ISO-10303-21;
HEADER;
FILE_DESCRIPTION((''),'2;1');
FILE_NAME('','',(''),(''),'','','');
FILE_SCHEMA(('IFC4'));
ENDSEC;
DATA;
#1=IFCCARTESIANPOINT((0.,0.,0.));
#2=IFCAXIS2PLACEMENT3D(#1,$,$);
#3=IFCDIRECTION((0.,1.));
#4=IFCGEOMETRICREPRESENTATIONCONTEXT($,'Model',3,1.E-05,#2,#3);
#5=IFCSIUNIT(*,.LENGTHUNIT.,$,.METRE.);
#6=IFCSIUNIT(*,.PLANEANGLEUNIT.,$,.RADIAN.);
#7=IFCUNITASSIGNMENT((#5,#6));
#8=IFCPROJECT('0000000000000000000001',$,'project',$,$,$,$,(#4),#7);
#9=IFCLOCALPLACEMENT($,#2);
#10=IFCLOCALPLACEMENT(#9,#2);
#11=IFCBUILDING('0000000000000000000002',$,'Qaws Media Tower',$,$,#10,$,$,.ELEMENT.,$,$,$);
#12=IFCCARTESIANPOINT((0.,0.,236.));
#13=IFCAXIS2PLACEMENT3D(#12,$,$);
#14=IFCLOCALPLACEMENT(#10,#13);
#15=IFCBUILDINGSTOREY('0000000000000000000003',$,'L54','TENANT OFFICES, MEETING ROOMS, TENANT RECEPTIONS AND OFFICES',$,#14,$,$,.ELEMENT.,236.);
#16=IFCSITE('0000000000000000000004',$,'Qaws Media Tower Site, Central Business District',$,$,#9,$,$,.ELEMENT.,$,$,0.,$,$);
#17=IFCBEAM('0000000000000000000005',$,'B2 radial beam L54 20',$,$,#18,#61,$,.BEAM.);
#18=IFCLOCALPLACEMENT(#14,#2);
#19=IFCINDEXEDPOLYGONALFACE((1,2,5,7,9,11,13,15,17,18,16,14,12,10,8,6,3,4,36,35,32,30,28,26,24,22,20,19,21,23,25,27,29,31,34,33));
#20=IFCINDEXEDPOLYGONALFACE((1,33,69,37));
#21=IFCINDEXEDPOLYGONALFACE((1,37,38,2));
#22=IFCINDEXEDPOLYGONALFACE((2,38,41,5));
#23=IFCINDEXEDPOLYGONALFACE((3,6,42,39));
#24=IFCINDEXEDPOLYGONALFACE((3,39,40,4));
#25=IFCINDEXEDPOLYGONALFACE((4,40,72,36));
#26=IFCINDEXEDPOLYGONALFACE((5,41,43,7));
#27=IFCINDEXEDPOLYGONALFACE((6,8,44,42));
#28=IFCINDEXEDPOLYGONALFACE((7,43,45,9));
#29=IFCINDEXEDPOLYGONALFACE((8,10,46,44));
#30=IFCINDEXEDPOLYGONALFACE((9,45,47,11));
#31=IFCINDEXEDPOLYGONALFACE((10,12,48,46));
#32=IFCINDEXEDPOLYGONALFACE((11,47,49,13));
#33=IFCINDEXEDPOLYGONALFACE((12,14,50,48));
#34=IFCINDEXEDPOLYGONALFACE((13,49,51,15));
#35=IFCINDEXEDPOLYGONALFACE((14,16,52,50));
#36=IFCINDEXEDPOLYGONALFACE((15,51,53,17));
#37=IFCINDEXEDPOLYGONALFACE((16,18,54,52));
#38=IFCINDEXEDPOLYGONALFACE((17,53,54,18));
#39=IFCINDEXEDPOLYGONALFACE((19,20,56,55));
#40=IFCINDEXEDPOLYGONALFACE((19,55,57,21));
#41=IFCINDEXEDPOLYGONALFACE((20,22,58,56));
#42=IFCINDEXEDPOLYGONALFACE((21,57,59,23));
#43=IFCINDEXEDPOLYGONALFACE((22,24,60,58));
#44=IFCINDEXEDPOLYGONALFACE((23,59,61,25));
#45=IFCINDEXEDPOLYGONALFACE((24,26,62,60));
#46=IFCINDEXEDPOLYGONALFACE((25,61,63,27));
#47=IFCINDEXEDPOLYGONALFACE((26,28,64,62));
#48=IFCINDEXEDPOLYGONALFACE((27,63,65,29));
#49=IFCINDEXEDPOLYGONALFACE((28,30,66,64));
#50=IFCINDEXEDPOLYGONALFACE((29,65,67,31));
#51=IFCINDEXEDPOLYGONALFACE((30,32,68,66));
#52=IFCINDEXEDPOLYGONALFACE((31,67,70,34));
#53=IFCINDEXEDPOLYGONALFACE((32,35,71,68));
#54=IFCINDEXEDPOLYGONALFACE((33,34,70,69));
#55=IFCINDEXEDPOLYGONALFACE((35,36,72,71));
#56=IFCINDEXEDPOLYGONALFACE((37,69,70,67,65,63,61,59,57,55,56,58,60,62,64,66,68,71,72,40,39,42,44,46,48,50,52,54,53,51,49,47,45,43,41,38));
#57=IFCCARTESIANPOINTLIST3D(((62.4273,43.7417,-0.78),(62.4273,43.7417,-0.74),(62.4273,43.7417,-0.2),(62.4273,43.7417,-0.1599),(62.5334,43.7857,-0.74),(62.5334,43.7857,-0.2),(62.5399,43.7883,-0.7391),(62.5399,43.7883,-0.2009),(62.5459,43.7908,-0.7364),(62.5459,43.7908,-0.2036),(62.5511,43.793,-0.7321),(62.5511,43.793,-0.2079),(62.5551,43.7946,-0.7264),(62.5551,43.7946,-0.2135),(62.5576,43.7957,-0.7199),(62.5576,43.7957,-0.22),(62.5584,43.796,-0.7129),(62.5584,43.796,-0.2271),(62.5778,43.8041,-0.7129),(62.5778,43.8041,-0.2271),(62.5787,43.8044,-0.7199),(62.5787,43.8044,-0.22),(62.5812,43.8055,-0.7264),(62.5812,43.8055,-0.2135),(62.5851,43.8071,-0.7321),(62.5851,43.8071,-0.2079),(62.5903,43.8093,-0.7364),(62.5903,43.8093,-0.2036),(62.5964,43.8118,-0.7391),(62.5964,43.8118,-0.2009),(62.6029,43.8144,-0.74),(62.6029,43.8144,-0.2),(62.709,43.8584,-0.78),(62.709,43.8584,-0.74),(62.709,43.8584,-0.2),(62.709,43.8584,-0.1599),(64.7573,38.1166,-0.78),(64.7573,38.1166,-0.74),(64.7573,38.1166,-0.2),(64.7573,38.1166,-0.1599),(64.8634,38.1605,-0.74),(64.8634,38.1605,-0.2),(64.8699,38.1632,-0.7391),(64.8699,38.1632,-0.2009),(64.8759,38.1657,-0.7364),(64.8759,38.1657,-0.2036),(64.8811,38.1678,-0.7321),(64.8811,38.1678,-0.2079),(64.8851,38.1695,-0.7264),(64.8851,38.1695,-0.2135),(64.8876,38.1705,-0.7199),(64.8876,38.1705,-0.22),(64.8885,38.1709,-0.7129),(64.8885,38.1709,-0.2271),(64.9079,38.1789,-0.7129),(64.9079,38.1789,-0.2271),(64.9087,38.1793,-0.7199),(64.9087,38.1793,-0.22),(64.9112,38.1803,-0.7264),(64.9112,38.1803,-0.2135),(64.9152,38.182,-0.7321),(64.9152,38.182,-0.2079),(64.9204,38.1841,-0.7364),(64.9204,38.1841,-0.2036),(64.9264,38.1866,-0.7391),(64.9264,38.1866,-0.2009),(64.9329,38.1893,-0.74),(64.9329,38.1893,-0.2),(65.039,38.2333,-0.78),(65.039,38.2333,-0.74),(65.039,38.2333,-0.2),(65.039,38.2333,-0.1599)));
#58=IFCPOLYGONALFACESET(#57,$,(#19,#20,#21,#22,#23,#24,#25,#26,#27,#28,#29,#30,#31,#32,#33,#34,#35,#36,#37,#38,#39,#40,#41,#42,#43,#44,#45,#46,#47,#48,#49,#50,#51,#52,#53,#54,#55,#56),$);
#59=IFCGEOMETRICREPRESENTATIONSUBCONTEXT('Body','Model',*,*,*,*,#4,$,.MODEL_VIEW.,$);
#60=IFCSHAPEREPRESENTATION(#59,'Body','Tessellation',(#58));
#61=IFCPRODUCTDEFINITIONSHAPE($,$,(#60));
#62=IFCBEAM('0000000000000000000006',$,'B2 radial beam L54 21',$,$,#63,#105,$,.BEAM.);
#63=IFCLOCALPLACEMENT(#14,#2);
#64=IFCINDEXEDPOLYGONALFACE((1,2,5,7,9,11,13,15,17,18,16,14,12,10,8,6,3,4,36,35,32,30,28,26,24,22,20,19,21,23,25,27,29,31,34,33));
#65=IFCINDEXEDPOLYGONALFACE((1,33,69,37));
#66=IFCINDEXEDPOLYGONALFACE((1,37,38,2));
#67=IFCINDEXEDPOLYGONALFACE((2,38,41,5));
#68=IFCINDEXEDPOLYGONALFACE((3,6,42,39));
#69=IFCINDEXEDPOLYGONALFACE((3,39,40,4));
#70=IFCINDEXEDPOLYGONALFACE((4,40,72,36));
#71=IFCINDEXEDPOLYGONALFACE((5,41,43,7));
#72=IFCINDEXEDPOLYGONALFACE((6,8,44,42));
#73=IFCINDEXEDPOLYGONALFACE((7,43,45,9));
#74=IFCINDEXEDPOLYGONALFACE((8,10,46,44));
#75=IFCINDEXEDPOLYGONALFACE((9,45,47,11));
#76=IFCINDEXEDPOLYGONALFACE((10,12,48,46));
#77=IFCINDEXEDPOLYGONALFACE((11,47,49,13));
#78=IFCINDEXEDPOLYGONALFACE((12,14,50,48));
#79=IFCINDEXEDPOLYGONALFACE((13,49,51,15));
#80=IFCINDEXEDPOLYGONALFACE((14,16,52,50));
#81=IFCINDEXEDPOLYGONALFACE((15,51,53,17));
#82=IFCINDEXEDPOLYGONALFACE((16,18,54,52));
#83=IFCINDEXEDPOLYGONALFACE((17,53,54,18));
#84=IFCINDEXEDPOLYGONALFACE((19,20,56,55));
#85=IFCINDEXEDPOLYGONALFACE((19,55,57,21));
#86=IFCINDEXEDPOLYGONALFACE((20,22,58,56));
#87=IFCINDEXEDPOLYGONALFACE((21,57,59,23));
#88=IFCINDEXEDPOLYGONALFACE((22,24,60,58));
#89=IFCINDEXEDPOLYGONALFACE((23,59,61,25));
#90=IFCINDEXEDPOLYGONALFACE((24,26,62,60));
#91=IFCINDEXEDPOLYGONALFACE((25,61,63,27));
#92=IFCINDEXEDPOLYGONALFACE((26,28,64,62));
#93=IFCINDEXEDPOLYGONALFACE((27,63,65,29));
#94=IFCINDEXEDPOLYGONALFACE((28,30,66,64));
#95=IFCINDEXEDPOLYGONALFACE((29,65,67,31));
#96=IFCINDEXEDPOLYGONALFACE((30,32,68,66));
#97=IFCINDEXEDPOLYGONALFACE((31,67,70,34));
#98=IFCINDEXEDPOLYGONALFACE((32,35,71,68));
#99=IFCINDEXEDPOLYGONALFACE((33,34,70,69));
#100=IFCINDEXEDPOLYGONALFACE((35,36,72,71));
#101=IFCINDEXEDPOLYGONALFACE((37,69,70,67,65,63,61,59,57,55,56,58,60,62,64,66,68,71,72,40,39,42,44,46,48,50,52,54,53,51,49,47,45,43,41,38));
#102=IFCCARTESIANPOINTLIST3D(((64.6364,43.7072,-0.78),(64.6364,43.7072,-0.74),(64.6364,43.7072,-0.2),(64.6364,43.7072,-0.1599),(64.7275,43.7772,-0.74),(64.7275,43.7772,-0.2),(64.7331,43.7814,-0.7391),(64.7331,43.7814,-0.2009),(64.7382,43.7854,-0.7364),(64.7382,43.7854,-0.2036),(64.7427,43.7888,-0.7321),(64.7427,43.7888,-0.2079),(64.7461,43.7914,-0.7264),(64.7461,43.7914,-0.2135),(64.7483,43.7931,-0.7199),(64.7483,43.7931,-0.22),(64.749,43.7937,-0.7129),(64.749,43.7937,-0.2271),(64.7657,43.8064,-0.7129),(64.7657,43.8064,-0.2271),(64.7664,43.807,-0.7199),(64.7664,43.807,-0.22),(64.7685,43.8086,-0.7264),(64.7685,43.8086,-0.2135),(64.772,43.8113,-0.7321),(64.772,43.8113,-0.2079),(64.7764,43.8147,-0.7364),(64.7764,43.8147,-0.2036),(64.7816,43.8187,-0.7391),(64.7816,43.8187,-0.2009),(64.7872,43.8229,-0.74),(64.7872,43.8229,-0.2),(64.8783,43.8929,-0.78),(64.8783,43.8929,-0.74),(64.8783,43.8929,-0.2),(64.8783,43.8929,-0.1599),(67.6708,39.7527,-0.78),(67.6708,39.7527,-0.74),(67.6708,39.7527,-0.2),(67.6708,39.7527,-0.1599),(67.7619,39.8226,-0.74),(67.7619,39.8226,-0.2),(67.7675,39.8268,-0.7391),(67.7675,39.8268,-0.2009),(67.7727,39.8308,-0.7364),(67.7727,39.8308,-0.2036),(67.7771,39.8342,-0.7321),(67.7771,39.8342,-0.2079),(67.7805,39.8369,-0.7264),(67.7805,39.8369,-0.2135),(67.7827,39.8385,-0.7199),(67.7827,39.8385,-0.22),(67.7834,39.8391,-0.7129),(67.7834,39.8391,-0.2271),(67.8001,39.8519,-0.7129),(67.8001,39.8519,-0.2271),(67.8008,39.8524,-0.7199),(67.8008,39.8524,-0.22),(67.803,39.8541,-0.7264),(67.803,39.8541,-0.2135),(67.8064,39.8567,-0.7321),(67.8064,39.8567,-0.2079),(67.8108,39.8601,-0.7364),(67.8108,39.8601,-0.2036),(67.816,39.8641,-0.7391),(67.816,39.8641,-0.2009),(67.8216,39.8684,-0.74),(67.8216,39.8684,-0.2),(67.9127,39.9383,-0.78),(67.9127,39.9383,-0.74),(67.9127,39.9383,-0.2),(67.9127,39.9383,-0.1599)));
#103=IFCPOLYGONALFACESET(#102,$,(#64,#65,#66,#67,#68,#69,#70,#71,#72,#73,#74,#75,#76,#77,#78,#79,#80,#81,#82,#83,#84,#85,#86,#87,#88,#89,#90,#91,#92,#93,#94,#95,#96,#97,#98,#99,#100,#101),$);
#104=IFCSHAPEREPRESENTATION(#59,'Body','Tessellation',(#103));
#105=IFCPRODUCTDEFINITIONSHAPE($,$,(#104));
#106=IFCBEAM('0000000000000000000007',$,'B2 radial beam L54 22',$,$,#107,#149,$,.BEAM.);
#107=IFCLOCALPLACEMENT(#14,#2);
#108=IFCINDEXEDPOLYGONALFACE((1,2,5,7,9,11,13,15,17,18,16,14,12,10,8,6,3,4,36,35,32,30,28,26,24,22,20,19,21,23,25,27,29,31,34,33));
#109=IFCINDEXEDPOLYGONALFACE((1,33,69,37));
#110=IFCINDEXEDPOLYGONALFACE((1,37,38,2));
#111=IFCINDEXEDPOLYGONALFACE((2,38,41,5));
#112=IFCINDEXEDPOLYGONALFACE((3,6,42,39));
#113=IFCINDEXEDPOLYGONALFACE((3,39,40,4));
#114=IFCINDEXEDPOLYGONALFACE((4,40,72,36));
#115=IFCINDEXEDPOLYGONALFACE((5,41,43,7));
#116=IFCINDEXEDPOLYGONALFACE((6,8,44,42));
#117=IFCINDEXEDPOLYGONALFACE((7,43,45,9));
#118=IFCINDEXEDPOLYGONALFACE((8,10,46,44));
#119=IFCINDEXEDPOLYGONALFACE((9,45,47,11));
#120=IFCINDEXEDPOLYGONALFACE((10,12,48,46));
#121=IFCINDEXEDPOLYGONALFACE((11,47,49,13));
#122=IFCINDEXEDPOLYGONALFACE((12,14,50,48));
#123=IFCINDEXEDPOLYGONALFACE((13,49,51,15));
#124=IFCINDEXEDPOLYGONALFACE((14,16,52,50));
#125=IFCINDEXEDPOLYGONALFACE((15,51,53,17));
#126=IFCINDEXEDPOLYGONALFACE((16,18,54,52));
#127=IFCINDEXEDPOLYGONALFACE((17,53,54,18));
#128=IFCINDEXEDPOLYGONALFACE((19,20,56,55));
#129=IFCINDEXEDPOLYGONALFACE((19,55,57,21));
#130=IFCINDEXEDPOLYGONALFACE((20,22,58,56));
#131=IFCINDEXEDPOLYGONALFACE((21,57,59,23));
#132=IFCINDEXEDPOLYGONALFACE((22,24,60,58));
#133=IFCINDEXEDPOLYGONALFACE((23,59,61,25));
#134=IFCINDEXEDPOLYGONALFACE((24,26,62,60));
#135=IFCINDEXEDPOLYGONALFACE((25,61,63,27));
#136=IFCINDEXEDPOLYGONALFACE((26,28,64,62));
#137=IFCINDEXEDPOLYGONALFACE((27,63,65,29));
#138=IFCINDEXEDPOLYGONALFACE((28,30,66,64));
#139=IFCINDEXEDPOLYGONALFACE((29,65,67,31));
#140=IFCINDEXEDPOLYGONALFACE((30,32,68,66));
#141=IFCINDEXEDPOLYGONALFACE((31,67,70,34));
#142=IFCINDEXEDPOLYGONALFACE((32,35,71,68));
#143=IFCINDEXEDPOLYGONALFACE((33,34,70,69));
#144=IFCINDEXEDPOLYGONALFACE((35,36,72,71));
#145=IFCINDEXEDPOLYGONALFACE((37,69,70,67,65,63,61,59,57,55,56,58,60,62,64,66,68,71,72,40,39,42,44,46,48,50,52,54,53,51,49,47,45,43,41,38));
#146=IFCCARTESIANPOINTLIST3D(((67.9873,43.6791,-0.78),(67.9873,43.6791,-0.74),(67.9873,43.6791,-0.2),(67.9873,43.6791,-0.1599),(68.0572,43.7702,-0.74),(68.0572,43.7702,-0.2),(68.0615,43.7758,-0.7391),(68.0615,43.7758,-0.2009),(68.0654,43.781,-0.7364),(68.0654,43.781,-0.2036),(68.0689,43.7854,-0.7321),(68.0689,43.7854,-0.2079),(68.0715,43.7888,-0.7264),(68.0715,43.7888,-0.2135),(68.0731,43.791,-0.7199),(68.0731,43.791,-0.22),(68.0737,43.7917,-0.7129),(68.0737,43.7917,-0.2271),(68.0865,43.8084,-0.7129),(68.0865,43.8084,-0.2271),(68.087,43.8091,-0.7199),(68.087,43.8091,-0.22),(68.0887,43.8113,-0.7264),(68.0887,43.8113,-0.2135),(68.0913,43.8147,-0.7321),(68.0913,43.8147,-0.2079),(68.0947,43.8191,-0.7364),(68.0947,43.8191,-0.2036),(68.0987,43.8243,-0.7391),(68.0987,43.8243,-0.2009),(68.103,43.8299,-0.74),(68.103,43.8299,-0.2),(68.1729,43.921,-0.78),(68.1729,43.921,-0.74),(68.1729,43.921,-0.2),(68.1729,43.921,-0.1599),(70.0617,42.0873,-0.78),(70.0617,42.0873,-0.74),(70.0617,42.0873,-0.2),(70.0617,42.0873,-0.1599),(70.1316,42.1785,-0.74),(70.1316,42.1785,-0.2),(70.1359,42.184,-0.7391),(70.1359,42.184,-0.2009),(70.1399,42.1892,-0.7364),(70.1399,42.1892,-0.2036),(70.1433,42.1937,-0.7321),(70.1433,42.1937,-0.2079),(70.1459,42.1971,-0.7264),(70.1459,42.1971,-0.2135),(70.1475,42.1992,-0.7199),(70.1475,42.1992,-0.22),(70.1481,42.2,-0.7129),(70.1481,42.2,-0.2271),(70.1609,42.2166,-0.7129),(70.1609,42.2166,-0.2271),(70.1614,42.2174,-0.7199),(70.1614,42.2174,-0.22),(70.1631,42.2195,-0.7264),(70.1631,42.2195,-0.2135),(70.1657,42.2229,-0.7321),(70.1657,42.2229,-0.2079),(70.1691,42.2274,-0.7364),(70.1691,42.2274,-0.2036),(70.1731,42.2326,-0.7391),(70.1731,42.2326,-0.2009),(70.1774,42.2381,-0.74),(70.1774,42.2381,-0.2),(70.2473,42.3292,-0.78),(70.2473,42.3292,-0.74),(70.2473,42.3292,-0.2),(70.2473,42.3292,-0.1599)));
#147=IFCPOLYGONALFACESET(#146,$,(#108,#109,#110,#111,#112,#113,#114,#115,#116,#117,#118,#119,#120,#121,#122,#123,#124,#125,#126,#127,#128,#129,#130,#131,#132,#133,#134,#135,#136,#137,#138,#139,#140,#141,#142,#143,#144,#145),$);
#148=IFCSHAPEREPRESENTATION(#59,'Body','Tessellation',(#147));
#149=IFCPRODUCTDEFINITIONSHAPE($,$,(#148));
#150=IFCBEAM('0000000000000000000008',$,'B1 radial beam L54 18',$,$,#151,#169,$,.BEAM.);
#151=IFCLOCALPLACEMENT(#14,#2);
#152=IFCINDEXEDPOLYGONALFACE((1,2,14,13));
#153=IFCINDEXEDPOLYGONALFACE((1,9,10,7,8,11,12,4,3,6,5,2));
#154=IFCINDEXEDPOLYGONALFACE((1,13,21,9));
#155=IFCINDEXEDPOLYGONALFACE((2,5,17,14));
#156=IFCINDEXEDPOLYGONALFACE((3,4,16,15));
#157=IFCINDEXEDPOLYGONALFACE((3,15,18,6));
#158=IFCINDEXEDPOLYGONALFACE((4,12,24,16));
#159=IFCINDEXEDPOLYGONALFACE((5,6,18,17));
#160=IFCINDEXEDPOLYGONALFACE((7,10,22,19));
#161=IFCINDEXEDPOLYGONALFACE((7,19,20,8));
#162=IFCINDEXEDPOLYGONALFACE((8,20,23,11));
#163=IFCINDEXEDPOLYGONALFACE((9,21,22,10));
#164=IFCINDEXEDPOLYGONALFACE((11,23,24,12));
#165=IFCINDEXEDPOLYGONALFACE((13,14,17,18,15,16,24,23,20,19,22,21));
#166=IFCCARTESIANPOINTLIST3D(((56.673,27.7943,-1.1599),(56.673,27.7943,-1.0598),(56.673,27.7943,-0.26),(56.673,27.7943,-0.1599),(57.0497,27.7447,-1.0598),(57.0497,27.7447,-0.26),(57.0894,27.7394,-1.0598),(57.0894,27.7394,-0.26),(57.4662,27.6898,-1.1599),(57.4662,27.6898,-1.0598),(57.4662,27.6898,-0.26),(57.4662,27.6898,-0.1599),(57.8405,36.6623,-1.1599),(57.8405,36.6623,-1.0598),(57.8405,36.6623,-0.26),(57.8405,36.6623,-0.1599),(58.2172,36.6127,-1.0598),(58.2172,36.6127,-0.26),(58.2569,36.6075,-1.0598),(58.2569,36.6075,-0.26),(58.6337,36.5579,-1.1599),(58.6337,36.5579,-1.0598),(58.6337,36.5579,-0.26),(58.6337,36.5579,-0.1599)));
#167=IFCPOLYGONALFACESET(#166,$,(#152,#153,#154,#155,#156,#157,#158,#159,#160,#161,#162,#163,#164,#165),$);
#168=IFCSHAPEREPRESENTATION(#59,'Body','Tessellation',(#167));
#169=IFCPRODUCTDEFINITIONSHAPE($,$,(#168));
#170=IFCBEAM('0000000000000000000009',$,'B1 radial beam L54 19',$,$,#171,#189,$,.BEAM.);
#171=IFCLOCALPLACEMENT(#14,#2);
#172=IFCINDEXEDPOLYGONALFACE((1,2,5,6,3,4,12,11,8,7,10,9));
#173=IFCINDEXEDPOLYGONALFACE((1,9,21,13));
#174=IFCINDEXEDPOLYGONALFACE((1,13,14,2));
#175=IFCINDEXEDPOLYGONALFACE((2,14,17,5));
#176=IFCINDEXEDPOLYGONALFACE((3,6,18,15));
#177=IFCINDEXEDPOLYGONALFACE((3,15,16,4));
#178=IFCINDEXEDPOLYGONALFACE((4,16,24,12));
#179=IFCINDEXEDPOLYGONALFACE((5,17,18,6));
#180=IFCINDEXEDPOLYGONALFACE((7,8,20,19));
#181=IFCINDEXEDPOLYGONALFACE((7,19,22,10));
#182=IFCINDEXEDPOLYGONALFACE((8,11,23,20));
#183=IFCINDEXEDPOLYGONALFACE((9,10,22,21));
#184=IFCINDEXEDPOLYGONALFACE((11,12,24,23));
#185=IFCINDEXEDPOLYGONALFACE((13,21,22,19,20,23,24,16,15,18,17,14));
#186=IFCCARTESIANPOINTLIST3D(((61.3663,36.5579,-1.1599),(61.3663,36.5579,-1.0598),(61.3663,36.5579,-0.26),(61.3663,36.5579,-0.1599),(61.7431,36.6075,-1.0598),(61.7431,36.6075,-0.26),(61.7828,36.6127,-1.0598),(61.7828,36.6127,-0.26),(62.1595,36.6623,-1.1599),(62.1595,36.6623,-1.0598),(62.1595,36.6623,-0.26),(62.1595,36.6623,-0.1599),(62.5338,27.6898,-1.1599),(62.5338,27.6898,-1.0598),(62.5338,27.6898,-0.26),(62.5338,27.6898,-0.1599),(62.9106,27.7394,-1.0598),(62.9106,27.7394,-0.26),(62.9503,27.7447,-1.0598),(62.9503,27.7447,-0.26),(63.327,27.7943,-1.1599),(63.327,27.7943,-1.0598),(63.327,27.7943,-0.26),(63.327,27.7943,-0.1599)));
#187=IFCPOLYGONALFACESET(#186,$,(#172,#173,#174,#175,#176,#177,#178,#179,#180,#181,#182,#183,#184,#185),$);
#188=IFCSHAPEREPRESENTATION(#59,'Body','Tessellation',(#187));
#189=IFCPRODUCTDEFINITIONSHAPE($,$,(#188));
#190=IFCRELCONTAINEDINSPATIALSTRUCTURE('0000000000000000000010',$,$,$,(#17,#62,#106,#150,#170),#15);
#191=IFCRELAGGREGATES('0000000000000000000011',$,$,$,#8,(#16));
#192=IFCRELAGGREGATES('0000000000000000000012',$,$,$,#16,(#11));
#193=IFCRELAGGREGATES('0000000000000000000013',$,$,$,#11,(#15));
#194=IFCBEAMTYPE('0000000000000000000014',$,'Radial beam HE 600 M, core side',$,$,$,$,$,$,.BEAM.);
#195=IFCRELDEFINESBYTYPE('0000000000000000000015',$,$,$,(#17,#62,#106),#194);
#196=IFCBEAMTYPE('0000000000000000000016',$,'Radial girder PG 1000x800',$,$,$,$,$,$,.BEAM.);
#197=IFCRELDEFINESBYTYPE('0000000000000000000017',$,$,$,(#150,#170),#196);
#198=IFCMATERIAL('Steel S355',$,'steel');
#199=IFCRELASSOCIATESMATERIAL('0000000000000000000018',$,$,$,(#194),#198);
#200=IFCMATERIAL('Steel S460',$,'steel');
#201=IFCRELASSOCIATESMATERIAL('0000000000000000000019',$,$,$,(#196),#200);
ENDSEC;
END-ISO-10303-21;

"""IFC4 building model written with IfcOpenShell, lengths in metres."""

from ifc_helpers import new_model, si_unit, direction, frame, origin, origin_2d, place, context, subcontext, project, spatial, i_section, extrude, material, material_profile, profile_set, type_object, element, save


model = new_model("IFC4")

# Units and contexts
model_context = context("Model", 3, precision=1e-05, world=origin(), true_north=direction((0.0, 1.0)))
body_context = subcontext(model_context, "Body", "Model", "MODEL_VIEW")
ifc_project = project(units=[si_unit("LENGTHUNIT", "METRE"), si_unit("PLANEANGLEUNIT", "RADIAN")], contexts=[model_context])

# Site, building, storey
site_placement = place(None, origin())
site = spatial("IfcSite", under=ifc_project, at=site_placement, Name="Qaws Media Tower Site, Central Business District", CompositionType="ELEMENT", RefElevation=0.0)
building_placement = place(site_placement, origin())
building = spatial("IfcBuilding", under=site, at=building_placement, Name="Qaws Media Tower", CompositionType="ELEMENT")
storey_placement = place(building_placement, frame((0.0, 0.0, 236.0)))
storey = spatial("IfcBuildingStorey", under=building, at=storey_placement, Name="L54", Description="TENANT OFFICES, MEETING ROOMS, TENANT RECEPTIONS AND OFFICES", CompositionType="ELEMENT", Elevation=236.0)

# Beams
ifc_material_1 = material(Name="Steel S355", Category="steel")
ifc_material_profile_1 = material_profile(ifc_material_1, i_section(OverallWidth=0.3049, OverallDepth=0.6201, WebThickness=0.021, FlangeThickness=0.04, FilletRadius=0.0271, at=origin_2d()), Name="HE 600 M")
ifc_profile_set_1 = profile_set([ifc_material_profile_1], Name="Steel S355")
beam_type_1 = type_object("IfcBeamType", Name="Radial beam HE 600 M, core side", PredefinedType="BEAM", material=ifc_profile_set_1)
beam_1_placement = place(storey_placement, frame((62.5681, 43.8, -0.47), z_axis=(0.382687, -0.923878, 0.0), x_axis=(0.923878, 0.382687, 0.0)))
element("IfcBeam", 1, at=beam_1_placement, inside=storey, type_object=beam_type_1, Name="B2 radial beam L54 20", PredefinedType="BEAM", context=body_context, shape_type="SweptSolid", body=[
    extrude(i_section(OverallWidth=0.3049, OverallDepth=0.6201, WebThickness=0.021, FlangeThickness=0.04, FilletRadius=0.0271, at=origin_2d()), origin(), (0.0, 0.0, 1.0), 6.0886),
])
beam_2_placement = place(storey_placement, frame((64.7573, 43.8, -0.47), z_axis=(0.608756, -0.793357, 0.0), x_axis=(0.793357, 0.608756, 0.0)))
element("IfcBeam", 2, at=beam_2_placement, inside=storey, type_object=beam_type_1, Name="B2 radial beam L54 21", PredefinedType="BEAM", context=body_context, shape_type="SweptSolid", body=[
    extrude(i_section(OverallWidth=0.3049, OverallDepth=0.6201, WebThickness=0.021, FlangeThickness=0.04, FilletRadius=0.0271, at=origin_2d()), origin(), (0.0, 0.0, 1.0), 4.9846),
])
beam_3_placement = place(storey_placement, frame((68.0801, 43.8, -0.47), z_axis=(0.793352, -0.608763, 0.0), x_axis=(0.608763, 0.793352, 0.0)))
element("IfcBeam", 3, at=beam_3_placement, inside=storey, type_object=beam_type_1, Name="B2 radial beam L54 22", PredefinedType="BEAM", context=body_context, shape_type="SweptSolid", body=[
    extrude(i_section(OverallWidth=0.3049, OverallDepth=0.6201, WebThickness=0.021, FlangeThickness=0.04, FilletRadius=0.0271, at=origin_2d()), origin(), (0.0, 0.0, 1.0), 2.6147),
])
ifc_material_2 = material(Name="Steel S460", Category="steel")
ifc_material_profile_2 = material_profile(ifc_material_2, i_section(OverallWidth=0.8, OverallDepth=1.0, WebThickness=0.04, FlangeThickness=0.1001, at=origin_2d()), Name="PG 1000x800")
ifc_profile_set_2 = profile_set([ifc_material_profile_2], Name="Steel S460")
beam_type_2 = type_object("IfcBeamType", Name="Radial girder PG 1000x800", PredefinedType="BEAM", material=ifc_profile_set_2)
for number, where, z_axis, x_axis, name in (
    (4, (58.2371, 36.6101, -0.6599), (-0.130522, -0.991445, 0.0), (0.991445, -0.130522, 0.0), "B1 radial beam L54 18"),
    (5, (61.7629, 36.6101, -0.6599), (0.130522, -0.991445, 0.0), (0.991445, 0.130522, 0.0), "B1 radial beam L54 19"),
):
    element("IfcBeam", number, at=place(storey_placement, frame(where, z_axis=z_axis, x_axis=x_axis)), inside=storey, type_object=beam_type_2, Name=name, PredefinedType="BEAM", context=body_context, shape_type="SweptSolid", body=[
        extrude(i_section(OverallWidth=0.8, OverallDepth=1.0, WebThickness=0.04, FlangeThickness=0.1001, at=origin_2d()), origin(), (0.0, 0.0, 1.0), 8.9446),
    ])

save(model, "model.ifc")
